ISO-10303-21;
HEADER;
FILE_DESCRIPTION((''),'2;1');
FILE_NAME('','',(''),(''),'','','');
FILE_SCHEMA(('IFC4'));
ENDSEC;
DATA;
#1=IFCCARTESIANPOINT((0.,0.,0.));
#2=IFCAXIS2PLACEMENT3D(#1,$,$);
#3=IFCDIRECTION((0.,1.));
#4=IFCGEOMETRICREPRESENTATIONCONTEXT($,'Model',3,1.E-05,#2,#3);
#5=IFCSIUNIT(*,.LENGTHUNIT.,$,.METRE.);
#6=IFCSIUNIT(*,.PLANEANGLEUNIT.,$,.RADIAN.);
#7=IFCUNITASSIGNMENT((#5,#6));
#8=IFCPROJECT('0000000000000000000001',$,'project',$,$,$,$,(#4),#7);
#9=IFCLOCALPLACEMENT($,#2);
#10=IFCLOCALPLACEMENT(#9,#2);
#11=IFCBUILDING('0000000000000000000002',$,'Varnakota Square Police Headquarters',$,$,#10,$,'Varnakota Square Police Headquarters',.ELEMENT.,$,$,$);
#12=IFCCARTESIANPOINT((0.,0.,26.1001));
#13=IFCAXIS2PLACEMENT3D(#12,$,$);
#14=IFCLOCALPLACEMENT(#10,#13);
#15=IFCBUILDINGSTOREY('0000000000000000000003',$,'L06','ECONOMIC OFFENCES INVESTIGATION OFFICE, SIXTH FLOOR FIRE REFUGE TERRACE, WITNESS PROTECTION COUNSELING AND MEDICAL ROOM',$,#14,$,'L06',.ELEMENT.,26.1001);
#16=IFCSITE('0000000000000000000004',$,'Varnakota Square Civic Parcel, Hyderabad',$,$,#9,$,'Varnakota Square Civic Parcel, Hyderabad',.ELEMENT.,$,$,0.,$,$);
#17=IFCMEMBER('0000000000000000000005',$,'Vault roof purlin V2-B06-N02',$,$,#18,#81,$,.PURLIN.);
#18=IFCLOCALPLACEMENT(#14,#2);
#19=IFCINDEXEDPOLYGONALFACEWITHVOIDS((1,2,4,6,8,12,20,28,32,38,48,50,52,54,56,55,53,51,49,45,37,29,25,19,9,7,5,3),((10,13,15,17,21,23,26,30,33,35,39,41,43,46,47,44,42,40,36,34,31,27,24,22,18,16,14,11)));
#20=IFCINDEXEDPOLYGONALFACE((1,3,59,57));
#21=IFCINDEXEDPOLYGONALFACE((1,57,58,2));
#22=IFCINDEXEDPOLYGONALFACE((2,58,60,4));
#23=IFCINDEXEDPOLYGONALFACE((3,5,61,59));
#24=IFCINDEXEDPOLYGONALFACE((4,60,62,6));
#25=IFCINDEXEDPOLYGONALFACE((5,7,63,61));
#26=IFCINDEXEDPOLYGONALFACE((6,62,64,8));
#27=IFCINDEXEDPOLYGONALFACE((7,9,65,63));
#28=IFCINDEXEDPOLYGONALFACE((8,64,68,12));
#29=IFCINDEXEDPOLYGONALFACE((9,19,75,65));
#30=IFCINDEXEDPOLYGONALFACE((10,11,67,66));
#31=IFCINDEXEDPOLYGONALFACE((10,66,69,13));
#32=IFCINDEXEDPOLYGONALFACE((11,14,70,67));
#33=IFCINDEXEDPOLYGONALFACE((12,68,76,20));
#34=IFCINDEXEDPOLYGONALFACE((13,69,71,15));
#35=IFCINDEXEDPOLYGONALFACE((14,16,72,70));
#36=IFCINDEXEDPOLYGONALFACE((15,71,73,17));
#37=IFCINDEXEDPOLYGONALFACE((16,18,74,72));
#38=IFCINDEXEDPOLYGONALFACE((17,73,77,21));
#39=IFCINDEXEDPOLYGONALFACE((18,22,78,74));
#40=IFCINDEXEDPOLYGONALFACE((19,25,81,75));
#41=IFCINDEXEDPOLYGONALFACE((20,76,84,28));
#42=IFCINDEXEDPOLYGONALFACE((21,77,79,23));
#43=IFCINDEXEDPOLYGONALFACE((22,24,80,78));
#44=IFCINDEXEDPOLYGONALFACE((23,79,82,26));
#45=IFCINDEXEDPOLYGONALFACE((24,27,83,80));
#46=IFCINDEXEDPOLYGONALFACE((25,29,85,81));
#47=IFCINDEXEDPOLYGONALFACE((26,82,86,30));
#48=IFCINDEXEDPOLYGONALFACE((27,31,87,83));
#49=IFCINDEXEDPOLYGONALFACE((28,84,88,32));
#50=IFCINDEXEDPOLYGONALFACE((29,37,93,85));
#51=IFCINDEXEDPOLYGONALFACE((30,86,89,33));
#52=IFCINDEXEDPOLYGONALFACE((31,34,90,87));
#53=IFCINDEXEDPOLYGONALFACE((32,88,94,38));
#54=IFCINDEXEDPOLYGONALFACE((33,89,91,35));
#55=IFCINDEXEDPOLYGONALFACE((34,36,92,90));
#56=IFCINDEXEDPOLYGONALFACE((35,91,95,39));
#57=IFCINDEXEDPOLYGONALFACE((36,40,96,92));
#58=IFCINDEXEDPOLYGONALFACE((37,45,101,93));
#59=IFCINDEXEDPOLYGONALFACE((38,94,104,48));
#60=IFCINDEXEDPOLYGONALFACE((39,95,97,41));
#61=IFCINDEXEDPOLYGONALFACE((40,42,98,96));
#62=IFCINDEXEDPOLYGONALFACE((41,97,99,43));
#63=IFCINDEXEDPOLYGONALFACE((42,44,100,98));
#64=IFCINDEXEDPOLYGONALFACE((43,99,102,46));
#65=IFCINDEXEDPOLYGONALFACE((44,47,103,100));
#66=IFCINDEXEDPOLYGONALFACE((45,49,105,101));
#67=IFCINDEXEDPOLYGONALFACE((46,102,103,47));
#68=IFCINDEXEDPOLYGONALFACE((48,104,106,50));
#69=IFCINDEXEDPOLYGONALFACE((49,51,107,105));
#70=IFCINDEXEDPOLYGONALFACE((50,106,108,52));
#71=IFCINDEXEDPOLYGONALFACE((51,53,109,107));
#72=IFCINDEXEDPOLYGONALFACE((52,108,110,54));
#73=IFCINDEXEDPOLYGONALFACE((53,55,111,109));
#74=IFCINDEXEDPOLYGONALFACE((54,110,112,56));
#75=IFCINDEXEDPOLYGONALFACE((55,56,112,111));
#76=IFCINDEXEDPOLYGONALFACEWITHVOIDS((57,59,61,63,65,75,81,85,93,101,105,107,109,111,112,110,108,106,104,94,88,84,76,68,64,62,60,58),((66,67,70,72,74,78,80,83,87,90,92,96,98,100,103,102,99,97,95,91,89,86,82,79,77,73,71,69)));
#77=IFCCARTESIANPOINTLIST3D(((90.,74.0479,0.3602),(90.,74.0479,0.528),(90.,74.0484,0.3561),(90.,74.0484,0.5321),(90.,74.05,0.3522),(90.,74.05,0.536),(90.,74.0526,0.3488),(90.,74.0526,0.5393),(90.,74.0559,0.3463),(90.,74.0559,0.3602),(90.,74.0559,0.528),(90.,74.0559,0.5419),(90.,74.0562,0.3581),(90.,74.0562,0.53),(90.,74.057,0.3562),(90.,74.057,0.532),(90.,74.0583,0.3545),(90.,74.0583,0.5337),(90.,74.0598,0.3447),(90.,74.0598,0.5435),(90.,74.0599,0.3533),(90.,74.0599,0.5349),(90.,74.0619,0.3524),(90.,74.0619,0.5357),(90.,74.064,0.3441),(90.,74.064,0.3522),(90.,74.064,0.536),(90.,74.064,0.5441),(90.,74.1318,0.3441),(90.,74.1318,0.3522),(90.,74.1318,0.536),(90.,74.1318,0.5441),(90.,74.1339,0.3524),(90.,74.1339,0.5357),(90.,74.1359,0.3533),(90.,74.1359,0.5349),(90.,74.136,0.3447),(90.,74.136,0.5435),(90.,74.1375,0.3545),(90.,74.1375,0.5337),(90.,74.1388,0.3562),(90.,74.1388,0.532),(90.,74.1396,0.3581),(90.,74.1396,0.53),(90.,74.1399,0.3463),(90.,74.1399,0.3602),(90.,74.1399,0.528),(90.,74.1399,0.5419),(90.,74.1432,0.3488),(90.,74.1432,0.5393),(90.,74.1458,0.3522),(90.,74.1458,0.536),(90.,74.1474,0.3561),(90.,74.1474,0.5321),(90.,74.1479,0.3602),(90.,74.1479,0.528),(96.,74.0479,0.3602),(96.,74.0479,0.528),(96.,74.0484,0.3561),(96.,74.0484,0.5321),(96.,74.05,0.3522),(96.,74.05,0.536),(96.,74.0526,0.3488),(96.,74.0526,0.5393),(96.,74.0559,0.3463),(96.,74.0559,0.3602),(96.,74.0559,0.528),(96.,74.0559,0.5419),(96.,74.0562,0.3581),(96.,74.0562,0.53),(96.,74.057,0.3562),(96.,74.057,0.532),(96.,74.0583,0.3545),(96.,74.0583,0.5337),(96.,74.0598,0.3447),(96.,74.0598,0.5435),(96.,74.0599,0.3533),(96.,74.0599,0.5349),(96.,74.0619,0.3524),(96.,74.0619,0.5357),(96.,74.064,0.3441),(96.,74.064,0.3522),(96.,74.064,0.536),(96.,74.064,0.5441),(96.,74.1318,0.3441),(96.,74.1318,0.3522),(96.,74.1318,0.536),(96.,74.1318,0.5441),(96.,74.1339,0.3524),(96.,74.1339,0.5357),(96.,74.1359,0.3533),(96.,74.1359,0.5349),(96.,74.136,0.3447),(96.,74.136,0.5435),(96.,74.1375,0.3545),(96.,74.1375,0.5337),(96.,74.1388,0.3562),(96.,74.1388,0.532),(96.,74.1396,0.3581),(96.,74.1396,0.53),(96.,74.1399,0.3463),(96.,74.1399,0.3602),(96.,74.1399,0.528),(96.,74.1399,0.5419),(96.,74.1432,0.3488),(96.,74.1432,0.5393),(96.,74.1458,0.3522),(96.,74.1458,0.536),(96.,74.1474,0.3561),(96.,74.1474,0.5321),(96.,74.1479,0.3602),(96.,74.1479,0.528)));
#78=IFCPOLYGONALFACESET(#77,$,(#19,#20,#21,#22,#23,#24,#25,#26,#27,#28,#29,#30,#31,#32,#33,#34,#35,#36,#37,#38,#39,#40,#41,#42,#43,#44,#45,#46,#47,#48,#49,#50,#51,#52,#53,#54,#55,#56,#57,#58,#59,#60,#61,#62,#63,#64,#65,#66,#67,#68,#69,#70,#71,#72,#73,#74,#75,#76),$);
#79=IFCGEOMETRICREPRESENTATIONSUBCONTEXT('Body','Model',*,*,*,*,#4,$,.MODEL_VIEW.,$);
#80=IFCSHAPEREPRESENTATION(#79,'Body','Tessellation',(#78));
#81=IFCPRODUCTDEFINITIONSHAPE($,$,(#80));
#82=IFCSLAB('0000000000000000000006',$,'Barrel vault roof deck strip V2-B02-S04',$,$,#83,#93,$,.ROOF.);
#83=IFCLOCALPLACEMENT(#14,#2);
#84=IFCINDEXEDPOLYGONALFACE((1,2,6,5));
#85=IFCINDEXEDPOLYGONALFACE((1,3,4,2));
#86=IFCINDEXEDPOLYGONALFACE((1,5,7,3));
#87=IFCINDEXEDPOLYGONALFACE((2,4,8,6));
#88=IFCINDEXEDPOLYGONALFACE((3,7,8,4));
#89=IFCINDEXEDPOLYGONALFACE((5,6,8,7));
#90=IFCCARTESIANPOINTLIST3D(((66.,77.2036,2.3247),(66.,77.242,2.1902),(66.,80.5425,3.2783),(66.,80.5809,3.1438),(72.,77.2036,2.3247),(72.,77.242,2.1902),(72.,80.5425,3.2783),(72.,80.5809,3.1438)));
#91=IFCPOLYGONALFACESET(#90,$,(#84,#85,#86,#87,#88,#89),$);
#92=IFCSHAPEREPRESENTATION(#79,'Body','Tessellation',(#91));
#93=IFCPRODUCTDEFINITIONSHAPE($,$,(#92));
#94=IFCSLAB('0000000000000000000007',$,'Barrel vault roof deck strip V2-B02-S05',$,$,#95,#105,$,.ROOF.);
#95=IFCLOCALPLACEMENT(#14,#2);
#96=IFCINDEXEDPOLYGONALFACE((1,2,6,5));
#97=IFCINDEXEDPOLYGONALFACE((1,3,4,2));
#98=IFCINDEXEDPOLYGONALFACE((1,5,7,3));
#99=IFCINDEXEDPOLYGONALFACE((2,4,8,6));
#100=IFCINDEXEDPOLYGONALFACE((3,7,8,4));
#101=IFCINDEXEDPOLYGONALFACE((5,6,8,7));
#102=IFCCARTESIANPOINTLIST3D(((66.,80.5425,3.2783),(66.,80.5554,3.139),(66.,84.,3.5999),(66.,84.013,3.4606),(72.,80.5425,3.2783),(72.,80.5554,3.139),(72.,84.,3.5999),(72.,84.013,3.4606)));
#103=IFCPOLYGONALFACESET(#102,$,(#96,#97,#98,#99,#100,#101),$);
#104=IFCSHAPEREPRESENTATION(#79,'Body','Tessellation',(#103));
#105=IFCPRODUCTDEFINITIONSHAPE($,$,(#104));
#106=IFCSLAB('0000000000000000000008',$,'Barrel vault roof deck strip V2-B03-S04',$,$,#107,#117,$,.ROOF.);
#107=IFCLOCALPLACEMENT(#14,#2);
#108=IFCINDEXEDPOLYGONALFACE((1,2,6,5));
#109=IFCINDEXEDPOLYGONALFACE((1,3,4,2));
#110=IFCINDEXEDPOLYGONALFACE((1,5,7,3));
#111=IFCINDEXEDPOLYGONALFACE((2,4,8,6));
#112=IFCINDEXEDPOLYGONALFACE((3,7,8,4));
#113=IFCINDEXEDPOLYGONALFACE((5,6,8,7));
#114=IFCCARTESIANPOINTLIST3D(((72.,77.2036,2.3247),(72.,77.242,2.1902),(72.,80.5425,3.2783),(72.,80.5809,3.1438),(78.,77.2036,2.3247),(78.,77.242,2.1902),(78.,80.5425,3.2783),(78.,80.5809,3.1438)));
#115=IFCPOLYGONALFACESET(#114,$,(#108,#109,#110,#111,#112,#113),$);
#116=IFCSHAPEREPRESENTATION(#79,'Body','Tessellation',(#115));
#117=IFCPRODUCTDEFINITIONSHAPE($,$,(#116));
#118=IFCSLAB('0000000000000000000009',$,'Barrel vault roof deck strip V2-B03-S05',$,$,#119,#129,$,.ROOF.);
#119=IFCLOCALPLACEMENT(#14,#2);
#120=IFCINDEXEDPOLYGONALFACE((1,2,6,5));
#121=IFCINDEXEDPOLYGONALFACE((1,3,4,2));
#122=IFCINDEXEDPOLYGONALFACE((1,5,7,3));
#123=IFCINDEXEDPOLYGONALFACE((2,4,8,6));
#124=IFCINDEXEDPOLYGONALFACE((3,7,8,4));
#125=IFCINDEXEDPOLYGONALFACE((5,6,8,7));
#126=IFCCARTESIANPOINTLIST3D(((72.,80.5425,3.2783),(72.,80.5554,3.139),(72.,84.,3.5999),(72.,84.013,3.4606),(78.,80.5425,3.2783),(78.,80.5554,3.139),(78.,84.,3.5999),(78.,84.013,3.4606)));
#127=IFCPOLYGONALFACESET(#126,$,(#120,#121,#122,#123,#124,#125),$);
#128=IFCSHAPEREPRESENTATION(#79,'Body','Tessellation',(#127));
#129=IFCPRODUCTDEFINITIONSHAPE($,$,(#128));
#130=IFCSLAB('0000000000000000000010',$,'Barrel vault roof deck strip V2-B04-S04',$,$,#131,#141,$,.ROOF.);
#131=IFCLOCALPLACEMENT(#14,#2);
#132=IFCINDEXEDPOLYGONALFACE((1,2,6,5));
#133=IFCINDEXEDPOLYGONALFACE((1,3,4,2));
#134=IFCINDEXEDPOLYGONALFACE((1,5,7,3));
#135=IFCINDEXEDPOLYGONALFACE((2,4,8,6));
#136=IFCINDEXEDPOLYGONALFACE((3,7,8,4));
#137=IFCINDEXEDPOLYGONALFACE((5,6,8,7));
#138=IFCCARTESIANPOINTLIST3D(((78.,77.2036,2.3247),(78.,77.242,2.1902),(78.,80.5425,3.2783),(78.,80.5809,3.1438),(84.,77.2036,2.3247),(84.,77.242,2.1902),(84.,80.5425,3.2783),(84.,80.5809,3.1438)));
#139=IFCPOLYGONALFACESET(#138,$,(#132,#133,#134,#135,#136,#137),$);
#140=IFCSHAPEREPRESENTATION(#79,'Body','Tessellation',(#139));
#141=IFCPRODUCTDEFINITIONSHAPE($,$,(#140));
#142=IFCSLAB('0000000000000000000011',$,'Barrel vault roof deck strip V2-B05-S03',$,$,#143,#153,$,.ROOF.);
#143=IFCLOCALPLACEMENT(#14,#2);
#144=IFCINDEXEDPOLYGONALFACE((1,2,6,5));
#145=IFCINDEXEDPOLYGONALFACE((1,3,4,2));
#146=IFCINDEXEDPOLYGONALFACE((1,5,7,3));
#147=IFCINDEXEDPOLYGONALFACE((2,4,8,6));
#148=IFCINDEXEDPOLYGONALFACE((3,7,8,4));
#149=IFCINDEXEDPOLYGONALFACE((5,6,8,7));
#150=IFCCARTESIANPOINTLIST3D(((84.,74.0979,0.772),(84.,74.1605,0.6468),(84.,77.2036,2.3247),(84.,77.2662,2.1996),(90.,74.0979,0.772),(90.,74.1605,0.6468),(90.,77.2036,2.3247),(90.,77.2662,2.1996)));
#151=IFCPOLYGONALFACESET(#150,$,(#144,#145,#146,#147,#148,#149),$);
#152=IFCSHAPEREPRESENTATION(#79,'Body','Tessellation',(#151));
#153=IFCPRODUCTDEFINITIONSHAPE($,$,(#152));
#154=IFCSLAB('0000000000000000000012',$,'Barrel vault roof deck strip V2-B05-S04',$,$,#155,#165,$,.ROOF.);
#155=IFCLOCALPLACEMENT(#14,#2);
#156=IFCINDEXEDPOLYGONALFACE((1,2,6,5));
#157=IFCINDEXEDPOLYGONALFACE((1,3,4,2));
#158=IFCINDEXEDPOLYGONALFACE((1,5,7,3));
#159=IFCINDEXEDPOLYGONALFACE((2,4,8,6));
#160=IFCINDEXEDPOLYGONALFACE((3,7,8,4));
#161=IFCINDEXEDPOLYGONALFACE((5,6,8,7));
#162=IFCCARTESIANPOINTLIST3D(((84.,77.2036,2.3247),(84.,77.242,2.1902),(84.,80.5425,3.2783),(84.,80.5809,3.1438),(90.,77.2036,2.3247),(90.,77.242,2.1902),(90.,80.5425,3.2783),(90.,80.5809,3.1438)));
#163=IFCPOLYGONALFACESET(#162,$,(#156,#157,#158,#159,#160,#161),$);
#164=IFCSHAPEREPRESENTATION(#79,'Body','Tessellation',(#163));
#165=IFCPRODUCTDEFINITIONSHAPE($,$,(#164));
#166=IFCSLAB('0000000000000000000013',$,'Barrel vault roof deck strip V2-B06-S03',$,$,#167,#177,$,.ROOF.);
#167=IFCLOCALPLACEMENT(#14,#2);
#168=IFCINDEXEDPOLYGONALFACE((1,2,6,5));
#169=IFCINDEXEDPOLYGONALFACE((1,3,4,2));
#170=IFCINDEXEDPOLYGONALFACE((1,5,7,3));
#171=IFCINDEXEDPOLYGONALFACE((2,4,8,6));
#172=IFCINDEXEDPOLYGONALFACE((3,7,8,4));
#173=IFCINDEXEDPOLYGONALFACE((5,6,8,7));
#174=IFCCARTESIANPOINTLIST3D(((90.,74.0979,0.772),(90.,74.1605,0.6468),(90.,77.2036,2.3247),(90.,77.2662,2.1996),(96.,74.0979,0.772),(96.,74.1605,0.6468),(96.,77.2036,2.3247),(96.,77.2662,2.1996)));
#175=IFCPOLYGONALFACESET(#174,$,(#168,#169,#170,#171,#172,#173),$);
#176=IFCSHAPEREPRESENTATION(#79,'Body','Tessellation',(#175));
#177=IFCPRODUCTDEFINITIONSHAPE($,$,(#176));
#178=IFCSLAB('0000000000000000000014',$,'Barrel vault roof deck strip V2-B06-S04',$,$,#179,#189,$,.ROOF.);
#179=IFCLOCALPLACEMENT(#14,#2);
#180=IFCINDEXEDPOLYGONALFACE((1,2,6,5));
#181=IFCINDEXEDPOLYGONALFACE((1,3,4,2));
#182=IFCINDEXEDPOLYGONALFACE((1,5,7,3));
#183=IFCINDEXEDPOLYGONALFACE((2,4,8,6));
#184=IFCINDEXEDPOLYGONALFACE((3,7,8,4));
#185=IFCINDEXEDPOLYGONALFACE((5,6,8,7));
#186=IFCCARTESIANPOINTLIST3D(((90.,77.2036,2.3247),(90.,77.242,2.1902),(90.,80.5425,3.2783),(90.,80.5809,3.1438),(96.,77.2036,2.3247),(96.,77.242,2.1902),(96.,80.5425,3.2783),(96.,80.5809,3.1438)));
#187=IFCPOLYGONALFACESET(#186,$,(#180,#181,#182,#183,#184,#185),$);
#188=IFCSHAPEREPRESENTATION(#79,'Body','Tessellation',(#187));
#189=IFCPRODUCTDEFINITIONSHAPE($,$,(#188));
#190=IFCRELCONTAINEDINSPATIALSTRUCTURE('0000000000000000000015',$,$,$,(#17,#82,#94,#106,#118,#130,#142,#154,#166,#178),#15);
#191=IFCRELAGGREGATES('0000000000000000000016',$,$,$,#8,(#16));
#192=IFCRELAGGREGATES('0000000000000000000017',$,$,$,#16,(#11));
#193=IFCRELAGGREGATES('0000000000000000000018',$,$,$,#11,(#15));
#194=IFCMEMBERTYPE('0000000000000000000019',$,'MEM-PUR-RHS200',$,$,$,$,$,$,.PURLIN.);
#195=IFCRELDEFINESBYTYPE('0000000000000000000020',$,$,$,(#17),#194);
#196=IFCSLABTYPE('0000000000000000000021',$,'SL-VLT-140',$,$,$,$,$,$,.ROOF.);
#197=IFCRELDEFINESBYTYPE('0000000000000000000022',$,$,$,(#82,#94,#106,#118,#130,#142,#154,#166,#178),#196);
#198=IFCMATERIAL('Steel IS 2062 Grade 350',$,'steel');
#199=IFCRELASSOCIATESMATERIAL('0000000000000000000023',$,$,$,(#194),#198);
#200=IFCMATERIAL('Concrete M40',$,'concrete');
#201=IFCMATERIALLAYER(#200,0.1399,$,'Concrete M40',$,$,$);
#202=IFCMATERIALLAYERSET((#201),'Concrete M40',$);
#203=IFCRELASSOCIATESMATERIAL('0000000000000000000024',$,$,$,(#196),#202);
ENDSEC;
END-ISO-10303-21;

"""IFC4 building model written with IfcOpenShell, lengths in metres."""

from ifc_helpers import new_model, si_unit, direction, frame, origin, origin_2d, place, context, subcontext, project, spatial, polyline, hollow_rectangle, outline, extrude, material, layer, layer_set, material_profile, profile_set, type_object, element, save


model = new_model("IFC4")

# Units and contexts
model_context = context("Model", 3, precision=1e-05, world=origin(), true_north=direction((0.0, 1.0)))
body_context = subcontext(model_context, "Body", "Model", "MODEL_VIEW")
ifc_project = project(units=[si_unit("LENGTHUNIT", "METRE"), si_unit("PLANEANGLEUNIT", "RADIAN")], contexts=[model_context])

# Site, building, storey
site_placement = place(None, origin())
site = spatial("IfcSite", under=ifc_project, at=site_placement, Name="Varnakota Square Civic Parcel, Hyderabad", LongName="Varnakota Square Civic Parcel, Hyderabad", CompositionType="ELEMENT", RefElevation=0.0)
building_placement = place(site_placement, origin())
building = spatial("IfcBuilding", under=site, at=building_placement, Name="Varnakota Square Police Headquarters", LongName="Varnakota Square Police Headquarters", CompositionType="ELEMENT")
storey_placement = place(building_placement, frame((0.0, 0.0, 26.1001)))
storey = spatial("IfcBuildingStorey", under=building, at=storey_placement, Name="L06", Description="ECONOMIC OFFENCES INVESTIGATION OFFICE, SIXTH FLOOR FIRE REFUGE TERRACE, WITNESS PROTECTION COUNSELING AND MEDICAL ROOM", LongName="L06", CompositionType="ELEMENT", Elevation=26.1001)

# Shared definitions
ifc_material_1 = material(Name="Steel IS 2062 Grade 350", Category="steel")

# Member
ifc_material_profile_1 = material_profile(ifc_material_1, hollow_rectangle(XDim=0.1001, YDim=0.2, WallThickness=0.0081, InnerFilletRadius=0.0081, OuterFilletRadius=0.0161, at=origin_2d()), Name="RHS 200x100x8")
ifc_profile_set_1 = profile_set([ifc_material_profile_1], Name="Steel IS 2062 Grade 350")
member_type_1 = type_object("IfcMemberType", Name="MEM-PUR-RHS200", PredefinedType="PURLIN", material=ifc_profile_set_1)
for number, where, z_axis, x_axis, name in (
    (1, (90.0, 74.0979, 0.4441), (1.0, 0.0, 0.0), (0.0, 1.0, 0.0), "Vault roof purlin V2-B06-N02"),
):
    element("IfcMember", number, at=place(storey_placement, frame(where, z_axis=z_axis, x_axis=x_axis)), inside=storey, type_object=member_type_1, Name=name, PredefinedType="PURLIN", context=body_context, shape_type="SweptSolid", body=[
        extrude(hollow_rectangle(XDim=0.1001, YDim=0.2, WallThickness=0.0081, InnerFilletRadius=0.0081, OuterFilletRadius=0.0161, at=origin_2d()), origin(), (0.0, 0.0, 1.0), 6.0),
    ])

# Slabs
ifc_material_2 = material(Name="Concrete M40", Category="concrete")
ifc_layer = layer(ifc_material_2, 0.1399, Name="Concrete M40")
ifc_layer_set = layer_set([ifc_layer], Name="Concrete M40")
slab_type = type_object("IfcSlabType", Name="SL-VLT-140", PredefinedType="ROOF", material=ifc_layer_set)
slab_1_placement = place(storey_placement, frame((66.0, 77.2036, 2.3247), z_axis=(0.0, -0.274628, 0.96155), x_axis=(1.0, 0.0, 0.0)))
element("IfcSlab", 2, at=slab_1_placement, inside=storey, type_object=slab_type, Name="Barrel vault roof deck strip V2-B02-S04", PredefinedType="ROOF", context=body_context, shape_type="SweptSolid", body=[
    extrude(outline(polyline([(0.0, 0.0), (6.0, 0.0), (6.0, 3.4724), (0.0, 3.4724), (0.0, 0.0)])), origin(), (0.0, 0.0, -1.0), 0.1399),
])
slab_2_placement = place(storey_placement, frame((66.0, 80.5425, 3.2783), z_axis=(0.0, -0.092596, 0.995704), x_axis=(1.0, 0.0, 0.0)))
element("IfcSlab", 3, at=slab_2_placement, inside=storey, type_object=slab_type, Name="Barrel vault roof deck strip V2-B02-S05", PredefinedType="ROOF", context=body_context, shape_type="SweptSolid", body=[
    extrude(outline(polyline([(0.0, 0.0), (6.0, 0.0), (6.0, 3.4724), (0.0, 3.4724), (0.0, 0.0)])), origin(), (0.0, 0.0, -1.0), 0.1399),
])
slab_3_placement = place(storey_placement, frame((72.0, 77.2036, 2.3247), z_axis=(0.0, -0.274628, 0.96155), x_axis=(1.0, 0.0, 0.0)))
element("IfcSlab", 4, at=slab_3_placement, inside=storey, type_object=slab_type, Name="Barrel vault roof deck strip V2-B03-S04", PredefinedType="ROOF", context=body_context, shape_type="SweptSolid", body=[
    extrude(outline(polyline([(0.0, 0.0), (6.0, 0.0), (6.0, 3.4724), (0.0, 3.4724), (0.0, 0.0)])), origin(), (0.0, 0.0, -1.0), 0.1399),
])
slab_4_placement = place(storey_placement, frame((72.0, 80.5425, 3.2783), z_axis=(0.0, -0.092596, 0.995704), x_axis=(1.0, 0.0, 0.0)))
element("IfcSlab", 5, at=slab_4_placement, inside=storey, type_object=slab_type, Name="Barrel vault roof deck strip V2-B03-S05", PredefinedType="ROOF", context=body_context, shape_type="SweptSolid", body=[
    extrude(outline(polyline([(0.0, 0.0), (6.0, 0.0), (6.0, 3.4724), (0.0, 3.4724), (0.0, 0.0)])), origin(), (0.0, 0.0, -1.0), 0.1399),
])
slab_5_placement = place(storey_placement, frame((78.0, 77.2036, 2.3247), z_axis=(0.0, -0.274628, 0.96155), x_axis=(1.0, 0.0, 0.0)))
element("IfcSlab", 6, at=slab_5_placement, inside=storey, type_object=slab_type, Name="Barrel vault roof deck strip V2-B04-S04", PredefinedType="ROOF", context=body_context, shape_type="SweptSolid", body=[
    extrude(outline(polyline([(0.0, 0.0), (6.0, 0.0), (6.0, 3.4724), (0.0, 3.4724), (0.0, 0.0)])), origin(), (0.0, 0.0, -1.0), 0.1399),
])
slab_6_placement = place(storey_placement, frame((84.0, 74.0979, 0.772), z_axis=(0.0, -0.447185, 0.894441), x_axis=(1.0, 0.0, 0.0)))
element("IfcSlab", 7, at=slab_6_placement, inside=storey, type_object=slab_type, Name="Barrel vault roof deck strip V2-B05-S03", PredefinedType="ROOF", context=body_context, shape_type="SweptSolid", body=[
    extrude(outline(polyline([(0.0, 0.0), (6.0, 0.0), (6.0, 3.4722), (0.0, 3.4722), (0.0, 0.0)])), origin(), (0.0, 0.0, -1.0), 0.1399),
])
slab_7_placement = place(storey_placement, frame((84.0, 77.2036, 2.3247), z_axis=(0.0, -0.274628, 0.96155), x_axis=(1.0, 0.0, 0.0)))
element("IfcSlab", 8, at=slab_7_placement, inside=storey, type_object=slab_type, Name="Barrel vault roof deck strip V2-B05-S04", PredefinedType="ROOF", context=body_context, shape_type="SweptSolid", body=[
    extrude(outline(polyline([(0.0, 0.0), (6.0, 0.0), (6.0, 3.4724), (0.0, 3.4724), (0.0, 0.0)])), origin(), (0.0, 0.0, -1.0), 0.1399),
])
slab_8_placement = place(storey_placement, frame((90.0, 74.0979, 0.772), z_axis=(0.0, -0.447185, 0.894441), x_axis=(1.0, 0.0, 0.0)))
element("IfcSlab", 9, at=slab_8_placement, inside=storey, type_object=slab_type, Name="Barrel vault roof deck strip V2-B06-S03", PredefinedType="ROOF", context=body_context, shape_type="SweptSolid", body=[
    extrude(outline(polyline([(0.0, 0.0), (6.0, 0.0), (6.0, 3.4722), (0.0, 3.4722), (0.0, 0.0)])), origin(), (0.0, 0.0, -1.0), 0.1399),
])
slab_9_placement = place(storey_placement, frame((90.0, 77.2036, 2.3247), z_axis=(0.0, -0.274628, 0.96155), x_axis=(1.0, 0.0, 0.0)))
element("IfcSlab", 10, at=slab_9_placement, inside=storey, type_object=slab_type, Name="Barrel vault roof deck strip V2-B06-S04", PredefinedType="ROOF", context=body_context, shape_type="SweptSolid", body=[
    extrude(outline(polyline([(0.0, 0.0), (6.0, 0.0), (6.0, 3.4724), (0.0, 3.4724), (0.0, 0.0)])), origin(), (0.0, 0.0, -1.0), 0.1399),
])

save(model, "model.ifc")
